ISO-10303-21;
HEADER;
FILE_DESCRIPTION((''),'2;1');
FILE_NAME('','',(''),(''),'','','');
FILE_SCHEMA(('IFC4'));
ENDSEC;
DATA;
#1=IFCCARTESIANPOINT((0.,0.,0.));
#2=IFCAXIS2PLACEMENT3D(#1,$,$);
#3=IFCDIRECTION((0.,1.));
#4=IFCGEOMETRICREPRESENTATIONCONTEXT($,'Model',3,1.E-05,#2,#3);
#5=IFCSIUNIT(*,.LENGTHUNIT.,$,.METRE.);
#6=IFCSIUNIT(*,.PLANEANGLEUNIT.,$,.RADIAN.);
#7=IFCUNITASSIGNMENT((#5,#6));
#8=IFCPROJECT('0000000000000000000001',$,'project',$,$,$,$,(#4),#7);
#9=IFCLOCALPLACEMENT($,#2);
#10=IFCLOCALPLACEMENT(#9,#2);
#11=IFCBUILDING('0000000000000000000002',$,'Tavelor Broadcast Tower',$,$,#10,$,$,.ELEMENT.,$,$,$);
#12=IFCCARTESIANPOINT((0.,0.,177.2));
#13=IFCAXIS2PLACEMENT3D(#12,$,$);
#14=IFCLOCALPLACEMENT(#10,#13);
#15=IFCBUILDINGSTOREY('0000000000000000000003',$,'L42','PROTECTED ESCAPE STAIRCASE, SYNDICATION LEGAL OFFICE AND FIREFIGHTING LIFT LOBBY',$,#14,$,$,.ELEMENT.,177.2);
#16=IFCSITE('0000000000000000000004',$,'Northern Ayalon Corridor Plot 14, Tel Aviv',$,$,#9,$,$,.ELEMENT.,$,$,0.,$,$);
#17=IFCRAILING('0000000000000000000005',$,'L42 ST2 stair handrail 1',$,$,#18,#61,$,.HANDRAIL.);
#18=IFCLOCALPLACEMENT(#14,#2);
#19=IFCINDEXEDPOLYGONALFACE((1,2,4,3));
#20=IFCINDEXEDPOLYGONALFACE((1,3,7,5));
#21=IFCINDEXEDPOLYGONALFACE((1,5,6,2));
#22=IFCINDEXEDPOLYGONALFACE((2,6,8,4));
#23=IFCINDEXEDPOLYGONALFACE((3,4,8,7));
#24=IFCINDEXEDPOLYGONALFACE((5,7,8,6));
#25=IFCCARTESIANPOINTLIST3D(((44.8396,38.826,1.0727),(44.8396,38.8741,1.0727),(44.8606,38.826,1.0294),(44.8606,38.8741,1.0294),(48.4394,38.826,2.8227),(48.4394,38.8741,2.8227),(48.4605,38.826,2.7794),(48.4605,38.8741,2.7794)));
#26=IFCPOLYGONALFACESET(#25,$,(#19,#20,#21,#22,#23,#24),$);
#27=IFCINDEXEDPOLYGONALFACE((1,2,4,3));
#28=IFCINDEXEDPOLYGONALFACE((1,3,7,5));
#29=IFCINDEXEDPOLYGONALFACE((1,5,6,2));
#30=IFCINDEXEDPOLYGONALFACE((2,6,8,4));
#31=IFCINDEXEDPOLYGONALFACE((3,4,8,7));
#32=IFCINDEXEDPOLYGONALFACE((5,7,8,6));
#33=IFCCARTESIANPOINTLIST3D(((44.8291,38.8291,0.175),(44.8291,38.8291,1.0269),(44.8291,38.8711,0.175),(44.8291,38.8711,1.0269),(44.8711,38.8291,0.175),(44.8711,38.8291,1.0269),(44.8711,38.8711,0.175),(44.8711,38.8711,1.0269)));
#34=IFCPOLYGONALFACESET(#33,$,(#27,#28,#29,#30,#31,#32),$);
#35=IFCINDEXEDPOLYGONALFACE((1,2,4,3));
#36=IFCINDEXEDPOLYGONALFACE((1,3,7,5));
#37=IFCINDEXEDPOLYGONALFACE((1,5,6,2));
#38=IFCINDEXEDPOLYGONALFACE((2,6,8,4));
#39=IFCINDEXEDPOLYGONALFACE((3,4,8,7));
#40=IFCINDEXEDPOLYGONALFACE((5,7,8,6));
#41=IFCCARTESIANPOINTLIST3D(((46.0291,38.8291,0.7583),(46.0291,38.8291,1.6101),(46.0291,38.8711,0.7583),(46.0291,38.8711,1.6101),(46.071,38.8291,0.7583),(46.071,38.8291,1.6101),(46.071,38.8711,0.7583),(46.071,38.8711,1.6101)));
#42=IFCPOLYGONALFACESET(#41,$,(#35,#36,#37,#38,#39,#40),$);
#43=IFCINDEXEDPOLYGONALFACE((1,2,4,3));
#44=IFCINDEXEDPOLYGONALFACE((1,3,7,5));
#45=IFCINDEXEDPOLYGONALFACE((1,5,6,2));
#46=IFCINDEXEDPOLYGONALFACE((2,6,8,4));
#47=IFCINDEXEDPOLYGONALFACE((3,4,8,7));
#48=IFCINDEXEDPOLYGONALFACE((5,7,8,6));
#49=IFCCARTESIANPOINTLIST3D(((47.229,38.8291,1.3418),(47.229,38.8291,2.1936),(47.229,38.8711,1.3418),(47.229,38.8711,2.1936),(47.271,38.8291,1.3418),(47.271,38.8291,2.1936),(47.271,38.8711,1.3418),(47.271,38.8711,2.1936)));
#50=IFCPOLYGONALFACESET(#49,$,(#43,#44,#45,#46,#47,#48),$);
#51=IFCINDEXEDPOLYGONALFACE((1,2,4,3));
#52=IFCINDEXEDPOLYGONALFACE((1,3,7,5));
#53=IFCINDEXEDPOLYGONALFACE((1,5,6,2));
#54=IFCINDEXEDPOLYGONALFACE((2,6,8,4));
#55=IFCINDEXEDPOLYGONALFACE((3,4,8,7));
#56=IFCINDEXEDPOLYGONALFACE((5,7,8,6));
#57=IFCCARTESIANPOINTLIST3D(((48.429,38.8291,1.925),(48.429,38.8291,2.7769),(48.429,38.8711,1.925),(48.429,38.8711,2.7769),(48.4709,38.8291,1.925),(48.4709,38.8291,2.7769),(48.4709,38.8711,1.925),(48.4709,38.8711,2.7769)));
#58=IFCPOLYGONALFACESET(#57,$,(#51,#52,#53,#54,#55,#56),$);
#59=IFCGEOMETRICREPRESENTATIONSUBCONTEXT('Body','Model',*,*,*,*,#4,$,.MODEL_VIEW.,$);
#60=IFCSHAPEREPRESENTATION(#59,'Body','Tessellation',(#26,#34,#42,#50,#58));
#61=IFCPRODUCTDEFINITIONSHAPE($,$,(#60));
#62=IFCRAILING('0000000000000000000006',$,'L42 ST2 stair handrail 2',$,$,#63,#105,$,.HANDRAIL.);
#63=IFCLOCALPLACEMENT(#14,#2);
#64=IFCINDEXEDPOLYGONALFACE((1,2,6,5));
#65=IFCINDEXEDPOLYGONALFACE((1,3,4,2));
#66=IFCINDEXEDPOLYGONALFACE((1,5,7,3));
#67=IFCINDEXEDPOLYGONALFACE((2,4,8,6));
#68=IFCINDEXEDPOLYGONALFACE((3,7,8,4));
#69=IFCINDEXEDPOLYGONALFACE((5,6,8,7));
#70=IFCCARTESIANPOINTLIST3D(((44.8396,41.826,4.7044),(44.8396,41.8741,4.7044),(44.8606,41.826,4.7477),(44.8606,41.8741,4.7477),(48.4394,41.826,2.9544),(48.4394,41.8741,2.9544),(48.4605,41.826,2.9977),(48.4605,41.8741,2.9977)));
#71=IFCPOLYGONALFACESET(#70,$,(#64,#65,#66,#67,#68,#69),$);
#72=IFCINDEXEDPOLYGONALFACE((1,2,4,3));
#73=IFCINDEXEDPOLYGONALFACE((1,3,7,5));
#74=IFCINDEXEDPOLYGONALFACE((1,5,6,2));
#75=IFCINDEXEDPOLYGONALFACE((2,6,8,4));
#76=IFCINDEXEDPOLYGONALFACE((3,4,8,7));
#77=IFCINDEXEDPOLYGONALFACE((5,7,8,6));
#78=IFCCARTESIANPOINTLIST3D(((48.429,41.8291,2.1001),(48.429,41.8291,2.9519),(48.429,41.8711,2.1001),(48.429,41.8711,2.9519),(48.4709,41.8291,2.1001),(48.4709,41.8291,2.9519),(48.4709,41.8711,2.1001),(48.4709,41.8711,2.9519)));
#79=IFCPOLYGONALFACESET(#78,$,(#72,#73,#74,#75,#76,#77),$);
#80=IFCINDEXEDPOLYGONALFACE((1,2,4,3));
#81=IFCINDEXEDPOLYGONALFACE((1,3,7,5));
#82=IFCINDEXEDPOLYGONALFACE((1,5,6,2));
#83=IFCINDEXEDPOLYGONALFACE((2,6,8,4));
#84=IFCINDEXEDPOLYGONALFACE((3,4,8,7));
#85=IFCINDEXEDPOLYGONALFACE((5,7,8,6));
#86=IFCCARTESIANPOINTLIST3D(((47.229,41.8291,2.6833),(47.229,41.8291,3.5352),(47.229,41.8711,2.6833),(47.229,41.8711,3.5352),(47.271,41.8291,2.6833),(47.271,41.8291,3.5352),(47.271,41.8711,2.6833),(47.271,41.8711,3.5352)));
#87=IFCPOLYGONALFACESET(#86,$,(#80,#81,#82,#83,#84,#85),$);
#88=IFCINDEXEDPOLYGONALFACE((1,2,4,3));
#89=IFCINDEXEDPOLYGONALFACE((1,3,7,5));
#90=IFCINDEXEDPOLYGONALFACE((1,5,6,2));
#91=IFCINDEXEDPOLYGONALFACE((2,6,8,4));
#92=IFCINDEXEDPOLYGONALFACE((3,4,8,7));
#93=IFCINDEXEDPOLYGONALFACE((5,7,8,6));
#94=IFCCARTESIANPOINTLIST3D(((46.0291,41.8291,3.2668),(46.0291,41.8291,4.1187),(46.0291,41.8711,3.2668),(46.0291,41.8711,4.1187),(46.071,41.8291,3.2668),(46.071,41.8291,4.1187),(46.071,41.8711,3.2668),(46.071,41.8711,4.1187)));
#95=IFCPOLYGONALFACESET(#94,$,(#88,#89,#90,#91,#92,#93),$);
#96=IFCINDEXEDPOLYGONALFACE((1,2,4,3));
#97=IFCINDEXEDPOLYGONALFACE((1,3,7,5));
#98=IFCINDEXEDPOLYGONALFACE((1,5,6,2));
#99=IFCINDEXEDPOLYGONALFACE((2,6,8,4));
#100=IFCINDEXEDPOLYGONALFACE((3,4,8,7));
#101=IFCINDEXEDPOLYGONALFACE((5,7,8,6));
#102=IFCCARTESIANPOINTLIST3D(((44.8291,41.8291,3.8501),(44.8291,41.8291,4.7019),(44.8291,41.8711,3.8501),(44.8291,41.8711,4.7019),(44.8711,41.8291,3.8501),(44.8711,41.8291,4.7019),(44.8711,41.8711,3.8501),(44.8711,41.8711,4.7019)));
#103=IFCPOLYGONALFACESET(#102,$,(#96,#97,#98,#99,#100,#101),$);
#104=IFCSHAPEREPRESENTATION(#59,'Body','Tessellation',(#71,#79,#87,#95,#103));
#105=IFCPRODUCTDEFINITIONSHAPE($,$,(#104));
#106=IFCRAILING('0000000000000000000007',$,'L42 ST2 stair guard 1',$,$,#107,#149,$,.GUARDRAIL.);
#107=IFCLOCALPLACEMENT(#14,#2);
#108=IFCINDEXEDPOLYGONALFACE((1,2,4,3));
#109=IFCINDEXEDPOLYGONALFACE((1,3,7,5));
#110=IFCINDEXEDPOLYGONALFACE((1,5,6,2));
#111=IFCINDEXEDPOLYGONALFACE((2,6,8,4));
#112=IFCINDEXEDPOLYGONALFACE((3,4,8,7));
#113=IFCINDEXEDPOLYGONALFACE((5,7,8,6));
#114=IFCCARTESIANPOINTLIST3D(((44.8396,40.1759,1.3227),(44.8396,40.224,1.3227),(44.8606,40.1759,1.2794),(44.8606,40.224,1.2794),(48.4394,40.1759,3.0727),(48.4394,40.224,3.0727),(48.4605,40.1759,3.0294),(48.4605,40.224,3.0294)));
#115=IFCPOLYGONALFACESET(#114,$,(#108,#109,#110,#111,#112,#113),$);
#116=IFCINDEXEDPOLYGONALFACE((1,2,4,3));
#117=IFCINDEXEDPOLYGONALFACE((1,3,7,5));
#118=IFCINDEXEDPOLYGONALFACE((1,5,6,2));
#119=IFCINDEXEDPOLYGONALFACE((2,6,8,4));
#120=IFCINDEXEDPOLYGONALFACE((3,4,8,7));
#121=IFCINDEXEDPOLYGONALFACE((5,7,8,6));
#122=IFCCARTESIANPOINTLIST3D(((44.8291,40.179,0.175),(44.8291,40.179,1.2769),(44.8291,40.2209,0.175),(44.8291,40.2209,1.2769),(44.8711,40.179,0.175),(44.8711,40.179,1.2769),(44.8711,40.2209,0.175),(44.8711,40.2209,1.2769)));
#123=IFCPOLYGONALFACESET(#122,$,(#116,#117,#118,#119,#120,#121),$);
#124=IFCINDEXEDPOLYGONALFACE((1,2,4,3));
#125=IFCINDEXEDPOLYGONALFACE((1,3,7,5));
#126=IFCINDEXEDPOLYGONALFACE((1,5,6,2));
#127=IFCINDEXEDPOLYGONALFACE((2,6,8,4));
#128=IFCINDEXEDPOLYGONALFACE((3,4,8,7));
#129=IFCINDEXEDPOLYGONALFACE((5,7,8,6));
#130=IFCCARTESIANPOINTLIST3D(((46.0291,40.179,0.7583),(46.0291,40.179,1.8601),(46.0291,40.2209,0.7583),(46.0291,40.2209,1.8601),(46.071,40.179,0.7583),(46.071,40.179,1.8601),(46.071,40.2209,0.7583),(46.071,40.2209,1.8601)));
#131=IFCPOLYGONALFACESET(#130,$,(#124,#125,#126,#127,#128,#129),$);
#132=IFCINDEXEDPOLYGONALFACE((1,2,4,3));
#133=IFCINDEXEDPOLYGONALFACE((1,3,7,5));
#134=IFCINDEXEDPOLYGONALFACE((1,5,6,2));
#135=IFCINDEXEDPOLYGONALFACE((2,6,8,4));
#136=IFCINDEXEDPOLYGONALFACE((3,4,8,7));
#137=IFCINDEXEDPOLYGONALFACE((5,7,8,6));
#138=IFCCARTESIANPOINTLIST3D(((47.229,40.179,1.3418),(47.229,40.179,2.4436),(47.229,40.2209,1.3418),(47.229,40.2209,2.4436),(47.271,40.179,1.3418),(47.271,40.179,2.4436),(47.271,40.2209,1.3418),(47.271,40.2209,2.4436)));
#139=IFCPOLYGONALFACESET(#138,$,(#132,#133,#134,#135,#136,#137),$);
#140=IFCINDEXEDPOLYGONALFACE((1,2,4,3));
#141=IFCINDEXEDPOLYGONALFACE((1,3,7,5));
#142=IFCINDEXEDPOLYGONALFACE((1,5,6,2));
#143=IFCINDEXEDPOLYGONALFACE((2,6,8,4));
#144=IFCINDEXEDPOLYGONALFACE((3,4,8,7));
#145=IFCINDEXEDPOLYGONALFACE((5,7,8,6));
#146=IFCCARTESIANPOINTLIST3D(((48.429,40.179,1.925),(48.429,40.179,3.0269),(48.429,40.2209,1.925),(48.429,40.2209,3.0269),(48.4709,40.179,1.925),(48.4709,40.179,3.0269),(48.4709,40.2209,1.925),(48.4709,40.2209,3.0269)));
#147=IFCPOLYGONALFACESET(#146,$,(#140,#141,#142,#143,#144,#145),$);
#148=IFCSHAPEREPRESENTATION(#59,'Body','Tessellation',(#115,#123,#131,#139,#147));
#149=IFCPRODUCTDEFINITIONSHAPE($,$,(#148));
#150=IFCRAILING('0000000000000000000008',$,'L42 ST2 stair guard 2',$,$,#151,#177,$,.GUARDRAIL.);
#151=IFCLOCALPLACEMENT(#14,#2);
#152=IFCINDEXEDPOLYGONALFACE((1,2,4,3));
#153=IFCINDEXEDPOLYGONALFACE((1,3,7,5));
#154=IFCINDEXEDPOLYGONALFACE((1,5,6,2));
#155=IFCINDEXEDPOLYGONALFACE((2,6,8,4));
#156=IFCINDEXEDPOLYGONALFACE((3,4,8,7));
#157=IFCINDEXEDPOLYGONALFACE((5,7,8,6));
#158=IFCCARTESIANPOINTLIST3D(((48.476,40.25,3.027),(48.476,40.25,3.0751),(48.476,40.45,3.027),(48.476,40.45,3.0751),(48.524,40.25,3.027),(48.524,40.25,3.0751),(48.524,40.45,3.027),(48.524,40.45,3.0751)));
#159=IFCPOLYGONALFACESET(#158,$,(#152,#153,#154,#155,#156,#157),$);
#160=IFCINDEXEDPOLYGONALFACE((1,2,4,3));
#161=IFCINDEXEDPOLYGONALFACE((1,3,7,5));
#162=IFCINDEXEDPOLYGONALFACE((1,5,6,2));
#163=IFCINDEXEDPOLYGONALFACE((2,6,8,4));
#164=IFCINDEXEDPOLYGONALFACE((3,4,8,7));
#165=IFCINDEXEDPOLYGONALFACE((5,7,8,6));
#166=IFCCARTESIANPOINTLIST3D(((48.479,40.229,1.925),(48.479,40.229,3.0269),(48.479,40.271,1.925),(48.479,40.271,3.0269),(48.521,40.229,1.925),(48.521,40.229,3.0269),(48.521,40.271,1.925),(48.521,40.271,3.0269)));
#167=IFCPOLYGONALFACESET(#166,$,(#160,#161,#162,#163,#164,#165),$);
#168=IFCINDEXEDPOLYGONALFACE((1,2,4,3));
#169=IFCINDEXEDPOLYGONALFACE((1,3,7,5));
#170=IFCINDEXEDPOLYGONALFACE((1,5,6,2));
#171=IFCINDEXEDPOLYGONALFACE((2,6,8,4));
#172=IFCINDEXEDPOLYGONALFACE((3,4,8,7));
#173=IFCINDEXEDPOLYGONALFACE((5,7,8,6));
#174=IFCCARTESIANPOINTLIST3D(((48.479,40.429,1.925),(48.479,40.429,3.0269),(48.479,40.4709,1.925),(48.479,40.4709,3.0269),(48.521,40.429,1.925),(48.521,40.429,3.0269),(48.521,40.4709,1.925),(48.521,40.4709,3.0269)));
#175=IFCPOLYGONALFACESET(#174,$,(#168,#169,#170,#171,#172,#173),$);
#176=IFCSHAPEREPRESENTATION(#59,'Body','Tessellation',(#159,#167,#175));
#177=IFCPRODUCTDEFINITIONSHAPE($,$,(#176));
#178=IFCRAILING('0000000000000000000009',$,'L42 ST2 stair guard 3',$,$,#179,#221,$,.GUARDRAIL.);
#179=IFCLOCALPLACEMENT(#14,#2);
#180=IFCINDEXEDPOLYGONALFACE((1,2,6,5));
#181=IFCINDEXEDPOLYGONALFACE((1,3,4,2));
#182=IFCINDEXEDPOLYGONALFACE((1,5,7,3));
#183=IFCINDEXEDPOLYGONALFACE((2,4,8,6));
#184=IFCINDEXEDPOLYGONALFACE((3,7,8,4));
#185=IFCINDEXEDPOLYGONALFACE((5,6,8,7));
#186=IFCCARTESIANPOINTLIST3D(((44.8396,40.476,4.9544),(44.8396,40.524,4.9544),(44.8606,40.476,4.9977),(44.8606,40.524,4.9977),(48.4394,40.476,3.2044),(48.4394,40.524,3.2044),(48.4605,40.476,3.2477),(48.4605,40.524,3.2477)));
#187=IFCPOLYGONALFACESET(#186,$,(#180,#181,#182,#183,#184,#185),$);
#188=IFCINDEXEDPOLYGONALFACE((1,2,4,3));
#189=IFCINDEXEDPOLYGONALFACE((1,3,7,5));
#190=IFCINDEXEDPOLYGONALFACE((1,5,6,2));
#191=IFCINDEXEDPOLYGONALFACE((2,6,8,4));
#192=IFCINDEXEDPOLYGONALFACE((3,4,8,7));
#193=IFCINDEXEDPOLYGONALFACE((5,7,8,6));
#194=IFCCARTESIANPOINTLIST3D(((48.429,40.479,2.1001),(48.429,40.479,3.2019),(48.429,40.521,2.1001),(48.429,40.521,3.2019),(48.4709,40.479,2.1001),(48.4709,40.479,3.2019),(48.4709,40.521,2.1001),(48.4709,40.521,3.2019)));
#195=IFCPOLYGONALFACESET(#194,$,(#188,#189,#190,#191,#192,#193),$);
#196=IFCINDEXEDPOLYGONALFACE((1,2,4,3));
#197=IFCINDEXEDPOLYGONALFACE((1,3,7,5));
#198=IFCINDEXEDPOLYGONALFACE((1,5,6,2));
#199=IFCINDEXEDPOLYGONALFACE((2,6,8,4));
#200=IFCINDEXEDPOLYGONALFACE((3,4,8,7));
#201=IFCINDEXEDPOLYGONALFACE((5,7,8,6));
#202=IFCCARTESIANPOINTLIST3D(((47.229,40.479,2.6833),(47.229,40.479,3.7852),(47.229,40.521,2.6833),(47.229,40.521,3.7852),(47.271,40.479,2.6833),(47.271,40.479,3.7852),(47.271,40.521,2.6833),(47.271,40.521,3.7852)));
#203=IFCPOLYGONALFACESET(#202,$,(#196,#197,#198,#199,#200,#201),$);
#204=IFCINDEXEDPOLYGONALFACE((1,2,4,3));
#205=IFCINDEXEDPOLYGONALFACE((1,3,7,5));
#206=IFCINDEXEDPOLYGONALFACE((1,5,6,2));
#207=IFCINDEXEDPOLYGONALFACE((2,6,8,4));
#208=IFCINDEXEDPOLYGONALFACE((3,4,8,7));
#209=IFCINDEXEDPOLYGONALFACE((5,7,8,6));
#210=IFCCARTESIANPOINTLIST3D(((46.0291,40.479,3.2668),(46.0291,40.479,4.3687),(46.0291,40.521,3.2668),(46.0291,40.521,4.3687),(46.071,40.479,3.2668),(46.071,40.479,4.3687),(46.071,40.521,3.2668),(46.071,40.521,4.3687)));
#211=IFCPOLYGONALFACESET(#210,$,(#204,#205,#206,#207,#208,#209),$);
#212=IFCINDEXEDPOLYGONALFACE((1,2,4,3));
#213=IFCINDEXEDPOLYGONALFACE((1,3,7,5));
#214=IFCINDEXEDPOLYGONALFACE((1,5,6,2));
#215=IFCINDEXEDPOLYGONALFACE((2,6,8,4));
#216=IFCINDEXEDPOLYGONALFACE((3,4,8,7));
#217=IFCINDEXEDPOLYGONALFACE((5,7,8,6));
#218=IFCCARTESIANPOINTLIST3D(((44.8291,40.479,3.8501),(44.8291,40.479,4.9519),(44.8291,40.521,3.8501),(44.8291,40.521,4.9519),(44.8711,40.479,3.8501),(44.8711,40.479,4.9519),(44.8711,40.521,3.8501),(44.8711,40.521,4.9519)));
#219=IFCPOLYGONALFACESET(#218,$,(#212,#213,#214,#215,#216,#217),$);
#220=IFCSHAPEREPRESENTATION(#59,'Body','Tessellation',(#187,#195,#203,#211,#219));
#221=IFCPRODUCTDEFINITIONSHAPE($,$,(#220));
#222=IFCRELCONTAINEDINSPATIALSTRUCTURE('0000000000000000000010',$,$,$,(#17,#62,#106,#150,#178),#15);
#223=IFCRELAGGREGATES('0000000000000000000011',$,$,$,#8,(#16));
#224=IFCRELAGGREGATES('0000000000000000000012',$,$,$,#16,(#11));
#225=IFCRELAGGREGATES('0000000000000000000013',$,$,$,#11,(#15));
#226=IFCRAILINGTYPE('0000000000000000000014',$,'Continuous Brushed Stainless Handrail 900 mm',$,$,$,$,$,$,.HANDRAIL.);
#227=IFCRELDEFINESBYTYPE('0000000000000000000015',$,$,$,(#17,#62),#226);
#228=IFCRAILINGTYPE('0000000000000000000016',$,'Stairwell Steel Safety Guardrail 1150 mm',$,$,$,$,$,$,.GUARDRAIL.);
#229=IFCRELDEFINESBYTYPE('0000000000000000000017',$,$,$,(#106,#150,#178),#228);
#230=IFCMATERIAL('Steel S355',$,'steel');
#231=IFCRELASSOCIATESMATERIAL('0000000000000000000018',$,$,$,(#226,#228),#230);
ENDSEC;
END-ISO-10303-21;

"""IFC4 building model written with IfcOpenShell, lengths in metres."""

from ifc_helpers import new_model, si_unit, direction, frame, origin, origin_2d, place, context, subcontext, project, spatial, rectangle, extrude, material, type_object, element, save


model = new_model("IFC4")

# Units and contexts
model_context = context("Model", 3, precision=1e-05, world=origin(), true_north=direction((0.0, 1.0)))
body_context = subcontext(model_context, "Body", "Model", "MODEL_VIEW")
ifc_project = project(units=[si_unit("LENGTHUNIT", "METRE"), si_unit("PLANEANGLEUNIT", "RADIAN")], contexts=[model_context])

# Site, building, storey
site_placement = place(None, origin())
site = spatial("IfcSite", under=ifc_project, at=site_placement, Name="Northern Ayalon Corridor Plot 14, Tel Aviv", CompositionType="ELEMENT", RefElevation=0.0)
building_placement = place(site_placement, origin())
building = spatial("IfcBuilding", under=site, at=building_placement, Name="Tavelor Broadcast Tower", CompositionType="ELEMENT")
storey_placement = place(building_placement, frame((0.0, 0.0, 177.2)))
storey = spatial("IfcBuildingStorey", under=building, at=storey_placement, Name="L42", Description="PROTECTED ESCAPE STAIRCASE, SYNDICATION LEGAL OFFICE AND FIREFIGHTING LIFT LOBBY", CompositionType="ELEMENT", Elevation=177.2)

# Shared definitions
ifc_material_1 = material(Name="Steel S355", Category="steel")

# Railings
railing_type_1 = type_object("IfcRailingType", Name="Continuous Brushed Stainless Handrail 900 mm", PredefinedType="HANDRAIL", material=ifc_material_1)
railing_1_placement = place(storey_placement, frame((44.8501, 38.8501, 0.175)))
element("IfcRailing", 1, at=railing_1_placement, inside=storey, type_object=railing_type_1, Name="L42 ST2 stair handrail 1", PredefinedType="HANDRAIL", context=body_context, shape_type="SweptSolid", body=[
    extrude(rectangle(XDim=0.0481, YDim=0.0481, at=origin_2d()), frame((0.0, 0.0, 0.876), z_axis=(0.899361, 0.0, 0.437207), x_axis=(0.0, 1.0, 0.0)), (0.0, 0.0, 1.0), 4.0027),
    extrude(rectangle(XDim=0.042, YDim=0.042, at=origin_2d()), origin(), (0.0, 0.0, 1.0), 0.8518),
    extrude(rectangle(XDim=0.042, YDim=0.042, at=origin_2d()), frame((1.2, 0.0, 0.5833)), (0.0, 0.0, 1.0), 0.8518),
    extrude(rectangle(XDim=0.042, YDim=0.042, at=origin_2d()), frame((2.3999, 0.0, 1.1667)), (0.0, 0.0, 1.0), 0.8518),
    extrude(rectangle(XDim=0.042, YDim=0.042, at=origin_2d()), frame((3.5999, 0.0, 1.75)), (0.0, 0.0, 1.0), 0.8518),
])
railing_2_placement = place(storey_placement, frame((48.45, 41.8501, 2.1001)))
element("IfcRailing", 2, at=railing_2_placement, inside=storey, type_object=railing_type_1, Name="L42 ST2 stair handrail 2", PredefinedType="HANDRAIL", context=body_context, shape_type="SweptSolid", body=[
    extrude(rectangle(XDim=0.0481, YDim=0.0481, at=origin_2d()), frame((0.0, 0.0, 0.876), z_axis=(-0.899361, 0.0, 0.437207), x_axis=(0.0, -1.0, 0.0)), (0.0, 0.0, 1.0), 4.0027),
    extrude(rectangle(XDim=0.042, YDim=0.042, at=origin_2d()), origin(), (0.0, 0.0, 1.0), 0.8518),
    extrude(rectangle(XDim=0.042, YDim=0.042, at=origin_2d()), frame((-1.2, 0.0, 0.5833)), (0.0, 0.0, 1.0), 0.8518),
    extrude(rectangle(XDim=0.042, YDim=0.042, at=origin_2d()), frame((-2.3999, 0.0, 1.1667)), (0.0, 0.0, 1.0), 0.8518),
    extrude(rectangle(XDim=0.042, YDim=0.042, at=origin_2d()), frame((-3.5999, 0.0, 1.75)), (0.0, 0.0, 1.0), 0.8518),
])
railing_type_2 = type_object("IfcRailingType", Name="Stairwell Steel Safety Guardrail 1150 mm", PredefinedType="GUARDRAIL", material=ifc_material_1)
railing_3_placement = place(storey_placement, frame((44.8501, 40.2, 0.175)))
element("IfcRailing", 3, at=railing_3_placement, inside=storey, type_object=railing_type_2, Name="L42 ST2 stair guard 1", PredefinedType="GUARDRAIL", context=body_context, shape_type="SweptSolid", body=[
    extrude(rectangle(XDim=0.0481, YDim=0.0481, at=origin_2d()), frame((0.0, 0.0, 1.126), z_axis=(0.899361, 0.0, 0.437207), x_axis=(0.0, 1.0, 0.0)), (0.0, 0.0, 1.0), 4.0027),
    extrude(rectangle(XDim=0.042, YDim=0.042, at=origin_2d()), origin(), (0.0, 0.0, 1.0), 1.1018),
    extrude(rectangle(XDim=0.042, YDim=0.042, at=origin_2d()), frame((1.2, 0.0, 0.5833)), (0.0, 0.0, 1.0), 1.1018),
    extrude(rectangle(XDim=0.042, YDim=0.042, at=origin_2d()), frame((2.3999, 0.0, 1.1667)), (0.0, 0.0, 1.0), 1.1018),
    extrude(rectangle(XDim=0.042, YDim=0.042, at=origin_2d()), frame((3.5999, 0.0, 1.75)), (0.0, 0.0, 1.0), 1.1018),
])
railing_4_placement = place(storey_placement, frame((48.5, 40.25, 1.925)))
element("IfcRailing", 4, at=railing_4_placement, inside=storey, type_object=railing_type_2, Name="L42 ST2 stair guard 2", PredefinedType="GUARDRAIL", context=body_context, shape_type="SweptSolid", body=[
    extrude(rectangle(XDim=0.0481, YDim=0.0481, at=origin_2d()), frame((0.0, 0.0, 1.126), z_axis=(0.0, 1.0, 0.0), x_axis=(-1.0, 0.0, 0.0)), (0.0, 0.0, 1.0), 0.2),
    extrude(rectangle(XDim=0.042, YDim=0.042, at=origin_2d()), origin(), (0.0, 0.0, 1.0), 1.1018),
    extrude(rectangle(XDim=0.042, YDim=0.042, at=origin_2d()), frame((0.0, 0.2, 0.0)), (0.0, 0.0, 1.0), 1.1018),
])
railing_5_placement = place(storey_placement, frame((48.45, 40.5, 2.1001)))
element("IfcRailing", 5, at=railing_5_placement, inside=storey, type_object=railing_type_2, Name="L42 ST2 stair guard 3", PredefinedType="GUARDRAIL", context=body_context, shape_type="SweptSolid", body=[
    extrude(rectangle(XDim=0.0481, YDim=0.0481, at=origin_2d()), frame((0.0, 0.0, 1.126), z_axis=(-0.899361, 0.0, 0.437207), x_axis=(0.0, -1.0, 0.0)), (0.0, 0.0, 1.0), 4.0027),
    extrude(rectangle(XDim=0.042, YDim=0.042, at=origin_2d()), origin(), (0.0, 0.0, 1.0), 1.1018),
    extrude(rectangle(XDim=0.042, YDim=0.042, at=origin_2d()), frame((-1.2, 0.0, 0.5833)), (0.0, 0.0, 1.0), 1.1018),
    extrude(rectangle(XDim=0.042, YDim=0.042, at=origin_2d()), frame((-2.3999, 0.0, 1.1667)), (0.0, 0.0, 1.0), 1.1018),
    extrude(rectangle(XDim=0.042, YDim=0.042, at=origin_2d()), frame((-3.5999, 0.0, 1.75)), (0.0, 0.0, 1.0), 1.1018),
])

save(model, "model.ifc")
